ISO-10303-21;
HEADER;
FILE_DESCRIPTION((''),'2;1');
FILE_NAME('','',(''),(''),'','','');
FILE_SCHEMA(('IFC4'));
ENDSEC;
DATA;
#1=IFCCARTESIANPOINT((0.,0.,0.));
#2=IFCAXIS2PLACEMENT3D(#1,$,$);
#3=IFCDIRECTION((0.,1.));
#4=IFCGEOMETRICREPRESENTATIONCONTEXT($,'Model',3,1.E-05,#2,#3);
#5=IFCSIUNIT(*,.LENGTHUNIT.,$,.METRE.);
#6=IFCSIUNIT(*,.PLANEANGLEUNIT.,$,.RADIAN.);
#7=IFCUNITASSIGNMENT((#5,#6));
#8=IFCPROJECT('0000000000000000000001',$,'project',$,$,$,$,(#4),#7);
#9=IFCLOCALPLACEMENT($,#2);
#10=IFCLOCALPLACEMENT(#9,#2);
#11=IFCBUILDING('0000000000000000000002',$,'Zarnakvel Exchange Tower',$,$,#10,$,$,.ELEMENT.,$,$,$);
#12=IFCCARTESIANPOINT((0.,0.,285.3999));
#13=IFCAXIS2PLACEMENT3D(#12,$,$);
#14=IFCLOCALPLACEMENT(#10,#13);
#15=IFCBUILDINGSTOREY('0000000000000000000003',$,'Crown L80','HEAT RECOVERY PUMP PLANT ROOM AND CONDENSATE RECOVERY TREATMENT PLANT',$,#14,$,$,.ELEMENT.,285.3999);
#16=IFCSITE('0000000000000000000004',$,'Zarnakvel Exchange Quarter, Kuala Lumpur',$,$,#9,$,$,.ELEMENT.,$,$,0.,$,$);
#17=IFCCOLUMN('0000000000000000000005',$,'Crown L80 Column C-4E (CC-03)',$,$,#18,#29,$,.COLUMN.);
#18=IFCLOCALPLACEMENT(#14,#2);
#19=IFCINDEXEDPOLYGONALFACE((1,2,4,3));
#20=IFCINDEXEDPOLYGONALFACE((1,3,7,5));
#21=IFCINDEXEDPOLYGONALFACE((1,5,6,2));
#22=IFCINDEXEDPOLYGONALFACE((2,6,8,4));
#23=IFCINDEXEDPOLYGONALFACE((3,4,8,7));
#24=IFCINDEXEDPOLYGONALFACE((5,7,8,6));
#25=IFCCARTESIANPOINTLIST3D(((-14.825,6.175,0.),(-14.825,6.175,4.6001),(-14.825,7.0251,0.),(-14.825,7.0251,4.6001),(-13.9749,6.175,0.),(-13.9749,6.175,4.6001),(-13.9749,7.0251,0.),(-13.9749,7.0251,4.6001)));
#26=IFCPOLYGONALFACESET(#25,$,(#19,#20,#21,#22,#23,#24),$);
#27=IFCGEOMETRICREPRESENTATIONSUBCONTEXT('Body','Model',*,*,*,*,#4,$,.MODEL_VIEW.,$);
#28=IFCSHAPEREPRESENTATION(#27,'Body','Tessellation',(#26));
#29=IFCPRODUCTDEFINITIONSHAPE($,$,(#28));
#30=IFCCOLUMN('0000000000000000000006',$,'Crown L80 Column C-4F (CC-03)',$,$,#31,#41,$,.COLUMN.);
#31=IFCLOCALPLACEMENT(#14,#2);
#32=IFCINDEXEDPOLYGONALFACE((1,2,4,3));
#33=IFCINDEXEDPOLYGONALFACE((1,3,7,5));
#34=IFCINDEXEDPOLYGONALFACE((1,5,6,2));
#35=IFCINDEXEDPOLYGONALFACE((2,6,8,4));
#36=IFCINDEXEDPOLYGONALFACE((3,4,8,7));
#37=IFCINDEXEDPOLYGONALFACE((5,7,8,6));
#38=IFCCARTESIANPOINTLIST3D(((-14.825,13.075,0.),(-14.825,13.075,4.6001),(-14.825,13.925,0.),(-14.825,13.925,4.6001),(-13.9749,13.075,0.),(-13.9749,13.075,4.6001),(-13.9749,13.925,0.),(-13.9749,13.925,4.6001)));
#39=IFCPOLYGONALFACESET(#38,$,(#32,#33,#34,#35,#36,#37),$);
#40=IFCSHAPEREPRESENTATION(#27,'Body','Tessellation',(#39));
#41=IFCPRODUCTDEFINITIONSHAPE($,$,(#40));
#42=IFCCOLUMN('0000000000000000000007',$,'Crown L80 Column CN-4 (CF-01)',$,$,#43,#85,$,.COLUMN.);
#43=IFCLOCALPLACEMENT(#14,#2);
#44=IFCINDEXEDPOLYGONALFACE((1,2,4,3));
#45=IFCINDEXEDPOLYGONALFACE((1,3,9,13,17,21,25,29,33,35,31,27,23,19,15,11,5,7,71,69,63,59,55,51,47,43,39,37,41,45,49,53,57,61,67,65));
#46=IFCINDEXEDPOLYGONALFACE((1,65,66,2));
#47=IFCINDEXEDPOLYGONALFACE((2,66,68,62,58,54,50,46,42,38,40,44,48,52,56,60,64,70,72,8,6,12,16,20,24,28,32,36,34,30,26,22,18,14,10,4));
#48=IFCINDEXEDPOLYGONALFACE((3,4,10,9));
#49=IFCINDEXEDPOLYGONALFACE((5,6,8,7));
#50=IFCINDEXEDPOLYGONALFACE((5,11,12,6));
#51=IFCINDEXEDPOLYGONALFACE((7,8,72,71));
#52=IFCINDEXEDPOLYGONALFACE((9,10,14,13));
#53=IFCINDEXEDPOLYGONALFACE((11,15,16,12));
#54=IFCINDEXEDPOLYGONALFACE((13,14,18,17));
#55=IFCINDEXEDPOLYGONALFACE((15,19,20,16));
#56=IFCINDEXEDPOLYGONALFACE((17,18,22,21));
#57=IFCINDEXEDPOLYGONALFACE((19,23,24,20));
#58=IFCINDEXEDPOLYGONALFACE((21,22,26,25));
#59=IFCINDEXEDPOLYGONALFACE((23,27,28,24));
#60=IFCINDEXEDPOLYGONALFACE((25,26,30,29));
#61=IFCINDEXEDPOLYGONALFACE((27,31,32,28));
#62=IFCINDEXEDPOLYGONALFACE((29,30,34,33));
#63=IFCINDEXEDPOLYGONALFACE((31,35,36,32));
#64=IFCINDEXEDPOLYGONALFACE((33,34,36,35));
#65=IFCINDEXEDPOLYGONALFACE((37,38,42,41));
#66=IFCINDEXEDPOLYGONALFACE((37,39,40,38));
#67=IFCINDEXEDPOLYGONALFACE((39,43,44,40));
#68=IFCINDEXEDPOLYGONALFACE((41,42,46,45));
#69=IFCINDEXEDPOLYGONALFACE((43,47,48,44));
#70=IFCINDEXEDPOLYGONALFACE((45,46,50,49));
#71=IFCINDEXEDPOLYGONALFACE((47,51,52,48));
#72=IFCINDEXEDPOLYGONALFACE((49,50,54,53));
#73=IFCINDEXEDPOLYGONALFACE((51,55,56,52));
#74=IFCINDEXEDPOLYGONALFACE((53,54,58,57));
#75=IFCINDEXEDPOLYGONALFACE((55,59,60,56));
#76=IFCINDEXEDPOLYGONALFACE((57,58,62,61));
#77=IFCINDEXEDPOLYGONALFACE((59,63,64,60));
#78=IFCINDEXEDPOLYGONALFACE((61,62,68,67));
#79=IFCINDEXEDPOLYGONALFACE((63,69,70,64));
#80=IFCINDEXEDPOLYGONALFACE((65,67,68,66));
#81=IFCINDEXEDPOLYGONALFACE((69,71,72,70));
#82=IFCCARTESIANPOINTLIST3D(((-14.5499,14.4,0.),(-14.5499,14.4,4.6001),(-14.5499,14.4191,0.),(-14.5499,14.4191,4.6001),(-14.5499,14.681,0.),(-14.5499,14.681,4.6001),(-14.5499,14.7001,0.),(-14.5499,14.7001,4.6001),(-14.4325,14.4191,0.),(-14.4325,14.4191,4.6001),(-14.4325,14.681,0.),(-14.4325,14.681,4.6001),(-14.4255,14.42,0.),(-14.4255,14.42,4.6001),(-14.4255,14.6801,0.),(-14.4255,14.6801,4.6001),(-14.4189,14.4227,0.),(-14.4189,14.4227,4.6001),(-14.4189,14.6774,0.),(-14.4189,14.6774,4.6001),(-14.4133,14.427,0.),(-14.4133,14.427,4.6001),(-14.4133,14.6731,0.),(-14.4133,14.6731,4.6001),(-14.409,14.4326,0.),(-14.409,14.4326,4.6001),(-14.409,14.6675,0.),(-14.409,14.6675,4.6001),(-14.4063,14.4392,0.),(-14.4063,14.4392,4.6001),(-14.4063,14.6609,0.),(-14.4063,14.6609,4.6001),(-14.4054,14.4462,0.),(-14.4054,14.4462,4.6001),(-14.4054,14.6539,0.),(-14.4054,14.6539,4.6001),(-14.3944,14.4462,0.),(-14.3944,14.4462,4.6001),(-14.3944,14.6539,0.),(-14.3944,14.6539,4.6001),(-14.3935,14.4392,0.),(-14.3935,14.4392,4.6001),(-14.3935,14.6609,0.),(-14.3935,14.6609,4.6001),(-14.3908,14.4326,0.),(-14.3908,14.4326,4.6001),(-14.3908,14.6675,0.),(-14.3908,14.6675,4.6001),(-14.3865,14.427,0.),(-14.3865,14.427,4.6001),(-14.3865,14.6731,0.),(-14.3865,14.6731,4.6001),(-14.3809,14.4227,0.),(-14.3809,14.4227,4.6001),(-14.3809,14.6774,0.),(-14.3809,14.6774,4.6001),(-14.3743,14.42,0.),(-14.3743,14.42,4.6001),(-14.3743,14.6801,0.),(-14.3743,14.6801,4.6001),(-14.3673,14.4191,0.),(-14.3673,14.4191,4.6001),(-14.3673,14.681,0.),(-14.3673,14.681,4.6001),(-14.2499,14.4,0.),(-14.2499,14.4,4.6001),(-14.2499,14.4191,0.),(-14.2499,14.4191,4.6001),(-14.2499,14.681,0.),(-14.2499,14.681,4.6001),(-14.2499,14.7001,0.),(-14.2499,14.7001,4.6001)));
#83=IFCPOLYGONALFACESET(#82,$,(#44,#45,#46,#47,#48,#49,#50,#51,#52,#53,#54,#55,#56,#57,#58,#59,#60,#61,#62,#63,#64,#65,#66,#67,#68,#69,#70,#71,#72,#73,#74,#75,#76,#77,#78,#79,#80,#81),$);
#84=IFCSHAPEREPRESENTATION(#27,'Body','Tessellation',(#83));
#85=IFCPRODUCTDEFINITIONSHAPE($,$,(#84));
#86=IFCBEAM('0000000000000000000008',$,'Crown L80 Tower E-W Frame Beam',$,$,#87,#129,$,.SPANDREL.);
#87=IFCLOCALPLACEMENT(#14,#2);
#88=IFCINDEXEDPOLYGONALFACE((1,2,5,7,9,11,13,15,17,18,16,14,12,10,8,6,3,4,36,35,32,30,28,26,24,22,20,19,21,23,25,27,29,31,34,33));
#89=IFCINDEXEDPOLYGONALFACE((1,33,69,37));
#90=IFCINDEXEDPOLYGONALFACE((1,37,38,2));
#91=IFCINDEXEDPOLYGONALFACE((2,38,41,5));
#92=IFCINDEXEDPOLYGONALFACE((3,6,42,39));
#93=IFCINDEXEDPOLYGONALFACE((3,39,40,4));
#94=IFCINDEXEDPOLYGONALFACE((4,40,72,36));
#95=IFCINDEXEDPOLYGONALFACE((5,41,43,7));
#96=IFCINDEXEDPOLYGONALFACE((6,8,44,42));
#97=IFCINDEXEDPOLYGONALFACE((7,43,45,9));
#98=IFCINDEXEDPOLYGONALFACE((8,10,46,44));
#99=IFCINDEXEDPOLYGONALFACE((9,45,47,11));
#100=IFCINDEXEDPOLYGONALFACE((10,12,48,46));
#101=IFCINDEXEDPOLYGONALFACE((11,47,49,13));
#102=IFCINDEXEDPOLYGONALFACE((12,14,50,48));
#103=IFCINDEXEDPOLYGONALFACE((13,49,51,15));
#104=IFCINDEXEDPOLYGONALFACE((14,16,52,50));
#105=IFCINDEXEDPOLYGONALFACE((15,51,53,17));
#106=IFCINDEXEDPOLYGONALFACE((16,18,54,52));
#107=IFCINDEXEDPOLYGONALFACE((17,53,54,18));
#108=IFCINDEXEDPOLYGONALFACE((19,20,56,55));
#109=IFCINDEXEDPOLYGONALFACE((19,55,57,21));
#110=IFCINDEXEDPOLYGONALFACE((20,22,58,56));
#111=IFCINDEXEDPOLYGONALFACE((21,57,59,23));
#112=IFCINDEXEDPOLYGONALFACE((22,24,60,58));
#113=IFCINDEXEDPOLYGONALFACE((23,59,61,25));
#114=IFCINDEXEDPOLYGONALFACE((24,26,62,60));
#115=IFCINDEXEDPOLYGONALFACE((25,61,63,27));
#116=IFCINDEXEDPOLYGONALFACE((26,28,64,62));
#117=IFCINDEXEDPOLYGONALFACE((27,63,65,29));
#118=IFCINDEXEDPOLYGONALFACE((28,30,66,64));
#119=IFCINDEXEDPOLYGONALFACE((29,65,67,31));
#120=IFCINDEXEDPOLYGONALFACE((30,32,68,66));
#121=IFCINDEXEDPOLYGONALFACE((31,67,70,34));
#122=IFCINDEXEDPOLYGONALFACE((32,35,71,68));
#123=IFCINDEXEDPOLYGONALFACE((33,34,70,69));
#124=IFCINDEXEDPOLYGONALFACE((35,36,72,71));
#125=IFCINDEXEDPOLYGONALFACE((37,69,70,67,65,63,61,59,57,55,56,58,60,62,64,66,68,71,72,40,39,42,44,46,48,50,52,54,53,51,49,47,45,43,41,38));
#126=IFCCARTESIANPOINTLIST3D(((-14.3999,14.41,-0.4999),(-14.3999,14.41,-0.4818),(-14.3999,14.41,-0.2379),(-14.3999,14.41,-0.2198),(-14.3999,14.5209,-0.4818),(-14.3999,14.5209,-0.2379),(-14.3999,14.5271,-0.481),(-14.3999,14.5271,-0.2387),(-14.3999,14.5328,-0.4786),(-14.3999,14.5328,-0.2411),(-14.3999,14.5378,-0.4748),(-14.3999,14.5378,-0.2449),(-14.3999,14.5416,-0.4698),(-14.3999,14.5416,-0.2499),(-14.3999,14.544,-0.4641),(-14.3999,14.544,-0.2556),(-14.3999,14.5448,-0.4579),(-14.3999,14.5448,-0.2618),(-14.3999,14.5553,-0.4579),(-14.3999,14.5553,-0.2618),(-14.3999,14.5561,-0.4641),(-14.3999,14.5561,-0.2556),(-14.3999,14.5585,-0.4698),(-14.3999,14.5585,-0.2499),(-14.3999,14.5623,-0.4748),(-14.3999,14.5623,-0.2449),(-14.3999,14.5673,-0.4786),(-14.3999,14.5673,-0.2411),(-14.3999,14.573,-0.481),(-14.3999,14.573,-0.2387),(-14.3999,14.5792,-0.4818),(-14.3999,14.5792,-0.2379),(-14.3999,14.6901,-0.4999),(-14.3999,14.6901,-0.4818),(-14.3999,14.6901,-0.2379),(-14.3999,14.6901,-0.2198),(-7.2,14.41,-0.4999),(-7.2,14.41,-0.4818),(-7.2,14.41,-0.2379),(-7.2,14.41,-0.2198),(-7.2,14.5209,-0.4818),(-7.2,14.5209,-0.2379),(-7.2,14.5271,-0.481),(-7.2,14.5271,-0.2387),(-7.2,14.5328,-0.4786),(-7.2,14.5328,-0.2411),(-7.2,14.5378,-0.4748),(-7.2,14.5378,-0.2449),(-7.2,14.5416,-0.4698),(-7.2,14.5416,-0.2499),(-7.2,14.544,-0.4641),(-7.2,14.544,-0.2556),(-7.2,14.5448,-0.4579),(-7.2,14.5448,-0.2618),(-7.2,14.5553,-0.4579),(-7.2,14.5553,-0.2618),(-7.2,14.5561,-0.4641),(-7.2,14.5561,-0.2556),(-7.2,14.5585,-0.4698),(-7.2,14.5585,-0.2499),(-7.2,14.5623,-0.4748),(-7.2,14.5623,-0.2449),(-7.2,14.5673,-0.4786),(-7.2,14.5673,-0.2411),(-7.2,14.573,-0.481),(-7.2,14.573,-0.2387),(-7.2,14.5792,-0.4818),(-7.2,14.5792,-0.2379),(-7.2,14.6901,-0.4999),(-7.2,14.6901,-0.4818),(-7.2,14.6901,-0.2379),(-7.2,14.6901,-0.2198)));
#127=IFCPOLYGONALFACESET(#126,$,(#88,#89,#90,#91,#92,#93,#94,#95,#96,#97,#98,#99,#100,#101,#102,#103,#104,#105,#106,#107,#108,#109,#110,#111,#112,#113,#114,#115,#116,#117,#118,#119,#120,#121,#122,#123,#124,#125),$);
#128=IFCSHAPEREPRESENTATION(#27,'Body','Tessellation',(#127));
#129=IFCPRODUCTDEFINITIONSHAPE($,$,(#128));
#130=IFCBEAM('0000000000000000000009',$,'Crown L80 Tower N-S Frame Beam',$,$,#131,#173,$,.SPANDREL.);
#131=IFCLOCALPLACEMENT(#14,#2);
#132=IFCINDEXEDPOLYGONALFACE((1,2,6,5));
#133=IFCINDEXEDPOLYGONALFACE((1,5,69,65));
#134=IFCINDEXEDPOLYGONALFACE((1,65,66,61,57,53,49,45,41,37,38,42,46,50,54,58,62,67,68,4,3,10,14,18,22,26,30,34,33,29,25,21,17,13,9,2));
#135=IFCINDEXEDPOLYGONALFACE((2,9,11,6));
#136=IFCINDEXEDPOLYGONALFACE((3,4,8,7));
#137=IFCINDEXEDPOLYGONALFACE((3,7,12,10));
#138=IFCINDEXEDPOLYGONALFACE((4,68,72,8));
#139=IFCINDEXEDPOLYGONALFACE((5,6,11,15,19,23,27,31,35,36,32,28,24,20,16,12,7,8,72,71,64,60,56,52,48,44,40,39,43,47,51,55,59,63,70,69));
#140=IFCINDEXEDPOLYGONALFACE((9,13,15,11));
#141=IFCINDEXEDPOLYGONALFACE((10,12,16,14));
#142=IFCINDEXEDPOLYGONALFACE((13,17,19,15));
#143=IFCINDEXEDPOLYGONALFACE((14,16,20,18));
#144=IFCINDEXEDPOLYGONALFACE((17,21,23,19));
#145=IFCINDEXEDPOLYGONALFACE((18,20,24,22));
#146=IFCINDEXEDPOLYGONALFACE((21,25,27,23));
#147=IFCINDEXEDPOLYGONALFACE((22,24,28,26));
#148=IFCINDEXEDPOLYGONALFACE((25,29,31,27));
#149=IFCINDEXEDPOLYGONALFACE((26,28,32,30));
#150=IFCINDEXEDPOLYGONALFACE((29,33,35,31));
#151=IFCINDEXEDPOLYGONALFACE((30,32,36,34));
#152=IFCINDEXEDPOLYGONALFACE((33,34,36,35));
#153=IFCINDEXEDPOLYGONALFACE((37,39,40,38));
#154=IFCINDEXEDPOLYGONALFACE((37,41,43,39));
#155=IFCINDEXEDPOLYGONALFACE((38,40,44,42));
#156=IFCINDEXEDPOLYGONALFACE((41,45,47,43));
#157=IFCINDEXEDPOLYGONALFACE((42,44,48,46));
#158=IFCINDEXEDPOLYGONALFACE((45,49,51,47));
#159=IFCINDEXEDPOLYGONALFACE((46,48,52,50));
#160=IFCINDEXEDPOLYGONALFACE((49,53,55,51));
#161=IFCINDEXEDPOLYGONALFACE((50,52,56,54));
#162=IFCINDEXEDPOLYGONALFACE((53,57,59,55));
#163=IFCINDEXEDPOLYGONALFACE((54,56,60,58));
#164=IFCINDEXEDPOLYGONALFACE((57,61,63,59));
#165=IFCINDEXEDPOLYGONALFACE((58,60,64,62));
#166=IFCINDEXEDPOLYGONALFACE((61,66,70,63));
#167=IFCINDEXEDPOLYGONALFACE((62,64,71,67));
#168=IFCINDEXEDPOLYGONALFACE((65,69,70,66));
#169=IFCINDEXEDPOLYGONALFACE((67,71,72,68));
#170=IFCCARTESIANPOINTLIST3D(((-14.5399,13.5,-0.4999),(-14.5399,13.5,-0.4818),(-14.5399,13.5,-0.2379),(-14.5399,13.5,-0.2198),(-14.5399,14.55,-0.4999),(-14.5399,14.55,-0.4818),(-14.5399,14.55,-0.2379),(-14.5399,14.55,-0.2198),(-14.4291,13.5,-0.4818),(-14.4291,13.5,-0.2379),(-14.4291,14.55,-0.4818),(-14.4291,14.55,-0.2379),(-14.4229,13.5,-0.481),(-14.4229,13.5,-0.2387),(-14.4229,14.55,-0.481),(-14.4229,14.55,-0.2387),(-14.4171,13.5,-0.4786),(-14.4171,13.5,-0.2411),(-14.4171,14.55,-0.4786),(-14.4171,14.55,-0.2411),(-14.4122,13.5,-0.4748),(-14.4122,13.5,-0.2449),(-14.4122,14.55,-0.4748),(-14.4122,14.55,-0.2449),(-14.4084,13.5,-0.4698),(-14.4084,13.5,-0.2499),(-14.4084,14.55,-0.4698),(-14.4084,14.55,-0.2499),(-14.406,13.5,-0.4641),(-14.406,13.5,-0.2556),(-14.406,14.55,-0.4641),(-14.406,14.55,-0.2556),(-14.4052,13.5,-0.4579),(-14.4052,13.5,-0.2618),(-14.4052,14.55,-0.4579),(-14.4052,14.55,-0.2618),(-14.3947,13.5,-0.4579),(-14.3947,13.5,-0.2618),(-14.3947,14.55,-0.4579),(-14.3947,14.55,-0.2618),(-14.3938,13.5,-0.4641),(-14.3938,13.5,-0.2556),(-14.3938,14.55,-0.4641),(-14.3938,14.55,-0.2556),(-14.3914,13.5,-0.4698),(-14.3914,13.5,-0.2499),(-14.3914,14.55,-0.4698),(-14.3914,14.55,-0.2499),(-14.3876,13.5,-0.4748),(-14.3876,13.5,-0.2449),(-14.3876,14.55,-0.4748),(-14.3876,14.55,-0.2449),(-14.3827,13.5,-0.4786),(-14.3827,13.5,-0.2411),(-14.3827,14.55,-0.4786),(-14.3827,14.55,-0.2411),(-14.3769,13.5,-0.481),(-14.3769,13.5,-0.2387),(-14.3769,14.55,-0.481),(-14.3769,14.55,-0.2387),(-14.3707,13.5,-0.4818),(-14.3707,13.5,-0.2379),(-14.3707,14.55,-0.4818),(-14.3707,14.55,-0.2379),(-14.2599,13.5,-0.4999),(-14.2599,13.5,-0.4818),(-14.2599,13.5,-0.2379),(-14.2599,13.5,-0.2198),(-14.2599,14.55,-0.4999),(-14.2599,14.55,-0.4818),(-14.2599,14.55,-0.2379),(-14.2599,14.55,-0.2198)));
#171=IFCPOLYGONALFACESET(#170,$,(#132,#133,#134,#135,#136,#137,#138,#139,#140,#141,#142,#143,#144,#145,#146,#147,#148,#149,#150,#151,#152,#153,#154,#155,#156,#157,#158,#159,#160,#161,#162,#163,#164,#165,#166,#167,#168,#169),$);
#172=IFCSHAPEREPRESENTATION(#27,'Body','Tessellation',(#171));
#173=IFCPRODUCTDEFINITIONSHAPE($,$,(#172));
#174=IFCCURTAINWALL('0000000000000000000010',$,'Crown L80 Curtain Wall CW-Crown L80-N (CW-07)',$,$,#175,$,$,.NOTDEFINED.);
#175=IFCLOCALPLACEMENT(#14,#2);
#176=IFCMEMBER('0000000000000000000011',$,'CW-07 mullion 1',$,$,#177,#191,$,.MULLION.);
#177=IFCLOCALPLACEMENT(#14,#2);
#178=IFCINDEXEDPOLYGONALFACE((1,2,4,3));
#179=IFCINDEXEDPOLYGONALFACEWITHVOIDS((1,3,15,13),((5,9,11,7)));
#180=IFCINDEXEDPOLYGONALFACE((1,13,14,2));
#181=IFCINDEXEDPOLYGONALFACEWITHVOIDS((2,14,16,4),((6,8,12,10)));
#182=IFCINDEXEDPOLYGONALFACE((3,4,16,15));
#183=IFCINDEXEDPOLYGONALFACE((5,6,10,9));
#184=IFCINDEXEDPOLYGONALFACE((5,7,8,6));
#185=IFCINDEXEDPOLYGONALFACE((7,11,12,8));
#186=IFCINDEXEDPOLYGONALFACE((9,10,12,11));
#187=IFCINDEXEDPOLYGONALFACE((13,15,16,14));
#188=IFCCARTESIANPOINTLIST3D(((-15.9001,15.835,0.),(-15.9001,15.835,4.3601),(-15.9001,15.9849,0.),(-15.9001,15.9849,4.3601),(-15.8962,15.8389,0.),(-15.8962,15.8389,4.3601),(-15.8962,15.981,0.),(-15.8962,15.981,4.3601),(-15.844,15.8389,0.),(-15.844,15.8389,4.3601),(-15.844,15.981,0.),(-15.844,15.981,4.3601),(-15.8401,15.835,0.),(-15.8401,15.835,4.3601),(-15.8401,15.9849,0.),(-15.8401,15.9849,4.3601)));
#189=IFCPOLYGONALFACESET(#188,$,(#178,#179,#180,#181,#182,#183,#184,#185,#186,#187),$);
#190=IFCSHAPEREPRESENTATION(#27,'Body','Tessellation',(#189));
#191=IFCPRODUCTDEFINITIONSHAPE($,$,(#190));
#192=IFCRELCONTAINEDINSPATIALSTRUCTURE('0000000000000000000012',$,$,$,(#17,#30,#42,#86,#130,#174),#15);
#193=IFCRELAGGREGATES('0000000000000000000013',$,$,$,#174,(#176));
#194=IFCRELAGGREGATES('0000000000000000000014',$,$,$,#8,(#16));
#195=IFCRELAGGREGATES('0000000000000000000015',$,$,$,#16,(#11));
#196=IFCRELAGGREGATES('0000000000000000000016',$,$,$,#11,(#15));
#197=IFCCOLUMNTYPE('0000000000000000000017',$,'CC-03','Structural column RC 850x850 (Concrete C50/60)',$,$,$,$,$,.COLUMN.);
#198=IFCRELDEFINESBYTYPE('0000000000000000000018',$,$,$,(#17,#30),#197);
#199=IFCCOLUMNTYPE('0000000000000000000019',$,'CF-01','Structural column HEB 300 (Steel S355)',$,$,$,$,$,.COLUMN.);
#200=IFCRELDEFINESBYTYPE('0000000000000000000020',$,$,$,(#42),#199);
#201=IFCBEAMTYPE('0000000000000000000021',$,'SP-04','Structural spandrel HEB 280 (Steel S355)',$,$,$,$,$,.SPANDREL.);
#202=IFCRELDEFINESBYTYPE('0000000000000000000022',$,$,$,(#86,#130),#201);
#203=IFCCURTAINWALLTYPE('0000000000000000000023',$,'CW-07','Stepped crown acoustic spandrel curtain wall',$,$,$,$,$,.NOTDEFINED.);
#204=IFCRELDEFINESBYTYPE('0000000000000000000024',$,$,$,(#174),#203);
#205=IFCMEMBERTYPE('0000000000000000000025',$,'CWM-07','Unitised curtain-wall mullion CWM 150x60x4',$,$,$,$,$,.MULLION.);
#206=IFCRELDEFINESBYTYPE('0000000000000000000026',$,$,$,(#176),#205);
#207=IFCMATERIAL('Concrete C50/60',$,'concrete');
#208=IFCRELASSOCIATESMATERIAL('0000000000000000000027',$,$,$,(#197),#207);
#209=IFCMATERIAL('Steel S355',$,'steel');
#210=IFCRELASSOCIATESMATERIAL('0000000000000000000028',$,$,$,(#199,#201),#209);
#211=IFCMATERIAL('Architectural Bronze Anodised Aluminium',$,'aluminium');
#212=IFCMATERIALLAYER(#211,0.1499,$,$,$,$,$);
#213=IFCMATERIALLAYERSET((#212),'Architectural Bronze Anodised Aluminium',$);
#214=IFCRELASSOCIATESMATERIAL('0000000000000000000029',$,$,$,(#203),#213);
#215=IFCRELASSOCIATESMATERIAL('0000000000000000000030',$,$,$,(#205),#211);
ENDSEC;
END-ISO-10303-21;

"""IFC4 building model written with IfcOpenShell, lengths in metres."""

from ifc_helpers import new_model, si_unit, direction, frame, origin, origin_2d, place, context, subcontext, project, spatial, rectangle, hollow_rectangle, i_section, extrude, source, transform, mapped, material, layer, layer_set, material_profile, profile_set, type_object, element, aggregate, save


model = new_model("IFC4")

# Units and contexts
model_context = context("Model", 3, precision=1e-05, world=origin(), true_north=direction((0.0, 1.0)))
body_context = subcontext(model_context, "Body", "Model", "MODEL_VIEW")
ifc_project = project(units=[si_unit("LENGTHUNIT", "METRE"), si_unit("PLANEANGLEUNIT", "RADIAN")], contexts=[model_context])

# Site, building, storey
site_placement = place(None, origin())
site = spatial("IfcSite", under=ifc_project, at=site_placement, Name="Zarnakvel Exchange Quarter, Kuala Lumpur", CompositionType="ELEMENT", RefElevation=0.0)
building_placement = place(site_placement, origin())
building = spatial("IfcBuilding", under=site, at=building_placement, Name="Zarnakvel Exchange Tower", CompositionType="ELEMENT")
storey_placement = place(building_placement, frame((0.0, 0.0, 285.3999)))
storey = spatial("IfcBuildingStorey", under=building, at=storey_placement, Name="Crown L80", Description="HEAT RECOVERY PUMP PLANT ROOM AND CONDENSATE RECOVERY TREATMENT PLANT", CompositionType="ELEMENT", Elevation=285.3999)

# Columns
ifc_material_1 = material(Name="Concrete C50/60", Category="concrete")
ifc_material_profile_1 = material_profile(ifc_material_1, rectangle(XDim=0.8501, YDim=0.8501, at=origin_2d()))
ifc_profile_set_1 = profile_set([ifc_material_profile_1], Name="Concrete C50/60")
column_type_1 = type_object("IfcColumnType", Name="CC-03", Description="Structural column RC 850x850 (Concrete C50/60)", PredefinedType="COLUMN", material=ifc_profile_set_1)
for number, where, z_axis, x_axis, name in (
    (1, (-14.3999, 6.6001, 0.0), (0.0, 0.0, 1.0), (1.0, 0.0, 0.0), "Crown L80 Column C-4E (CC-03)"),
    (2, (-14.3999, 13.5, 0.0), (0.0, 0.0, 1.0), (1.0, 0.0, 0.0), "Crown L80 Column C-4F (CC-03)"),
):
    element("IfcColumn", number, at=place(storey_placement, frame(where, z_axis=z_axis, x_axis=x_axis)), inside=storey, type_object=column_type_1, Name=name, PredefinedType="COLUMN", context=body_context, shape_type="SweptSolid", body=[
        extrude(rectangle(XDim=0.8501, YDim=0.8501, at=origin_2d()), origin(), (0.0, 0.0, 1.0), 4.6001),
    ])
ifc_material_2 = material(Name="Steel S355", Category="steel")
ifc_material_profile_2 = material_profile(ifc_material_2, i_section(OverallWidth=0.3, OverallDepth=0.3, WebThickness=0.011, FlangeThickness=0.019, FilletRadius=0.0271, at=origin_2d()))
ifc_profile_set_2 = profile_set([ifc_material_profile_2], Name="Steel S355")
column_type_2 = type_object("IfcColumnType", Name="CF-01", Description="Structural column HEB 300 (Steel S355)", PredefinedType="COLUMN", material=ifc_profile_set_2)
column_placement = place(storey_placement, frame((-14.3999, 14.55, 0.0), z_axis=(0.0, 0.0, 1.0), x_axis=(1.0, 0.0, 0.0)))
element("IfcColumn", 3, at=column_placement, inside=storey, type_object=column_type_2, Name="Crown L80 Column CN-4 (CF-01)", PredefinedType="COLUMN", context=body_context, shape_type="SweptSolid", body=[
    extrude(i_section(OverallWidth=0.3, OverallDepth=0.3, WebThickness=0.011, FlangeThickness=0.019, FilletRadius=0.0271, at=origin_2d()), origin(), (0.0, 0.0, 1.0), 4.6001),
])

# Beams
ifc_material_profile_3 = material_profile(ifc_material_2, i_section(OverallWidth=0.28, OverallDepth=0.28, WebThickness=0.0105, FlangeThickness=0.0181, FilletRadius=0.0239, at=origin_2d()))
ifc_profile_set_3 = profile_set([ifc_material_profile_3], Name="Steel S355")
beam_type = type_object("IfcBeamType", Name="SP-04", Description="Structural spandrel HEB 280 (Steel S355)", PredefinedType="SPANDREL", material=ifc_profile_set_3)
beam_1_placement = place(storey_placement, frame((-14.3999, 14.55, -0.3599), z_axis=(1.0, 0.0, 0.0), x_axis=(0.0, 1.0, 0.0)))
element("IfcBeam", 4, at=beam_1_placement, inside=storey, type_object=beam_type, Name="Crown L80 Tower E-W Frame Beam", PredefinedType="SPANDREL", context=body_context, shape_type="SweptSolid", body=[
    extrude(i_section(OverallWidth=0.28, OverallDepth=0.28, WebThickness=0.0105, FlangeThickness=0.0181, FilletRadius=0.0239, at=origin_2d()), origin(), (0.0, 0.0, 1.0), 7.2),
])
beam_2_placement = place(storey_placement, frame((-14.3999, 13.5, -0.3599), z_axis=(0.0, 1.0, 0.0), x_axis=(-1.0, 0.0, 0.0)))
element("IfcBeam", 5, at=beam_2_placement, inside=storey, type_object=beam_type, Name="Crown L80 Tower N-S Frame Beam", PredefinedType="SPANDREL", context=body_context, shape_type="SweptSolid", body=[
    extrude(i_section(OverallWidth=0.28, OverallDepth=0.28, WebThickness=0.0105, FlangeThickness=0.0181, FilletRadius=0.0239, at=origin_2d()), origin(), (0.0, 0.0, 1.0), 1.05),
])

# Curtain wall, member
ifc_material_3 = material(Name="Architectural Bronze Anodised Aluminium", Category="aluminium")
ifc_layer_1 = layer(ifc_material_3, 0.1499)
ifc_layer_set_1 = layer_set([ifc_layer_1], Name="Architectural Bronze Anodised Aluminium")
curtain_wall_type = type_object("IfcCurtainWallType", Name="CW-07", Description="Stepped crown acoustic spandrel curtain wall", PredefinedType="NOTDEFINED", material=ifc_layer_set_1)
curtain_wall_1_placement = place(storey_placement, origin())
curtain_wall_1 = element("IfcCurtainWall", 6, at=curtain_wall_1_placement, inside=storey, type_object=curtain_wall_type, Name="Crown L80 Curtain Wall CW-Crown L80-N (CW-07)", PredefinedType="NOTDEFINED")
ifc_material_profile_4 = material_profile(ifc_material_3, hollow_rectangle(XDim=0.1499, YDim=0.0601, WallThickness=0.0039, at=origin_2d()))
ifc_profile_set_4 = profile_set([ifc_material_profile_4], Name="Architectural Bronze Anodised Aluminium")
member_type_1 = type_object("IfcMemberType", Name="CWM-07", Description="Unitised curtain-wall mullion CWM 150x60x4", PredefinedType="MULLION", material=ifc_profile_set_4)
shared_shape_1 = source(origin(), body_context, "Body", "SweptSolid", [
    extrude(hollow_rectangle(XDim=0.1499, YDim=0.0601, WallThickness=0.0039, at=origin_2d()), origin(), (0.0, 0.0, 1.0), 4.3601),
])
member_1_placement = place(storey_placement, frame((-15.8701, 15.9099, 0.0), z_axis=(0.0, 0.0, 1.0), x_axis=(0.0, 1.0, 0.0)))
member_1 = element("IfcMember", 7, at=member_1_placement, type_object=member_type_1, Name="CW-07 mullion 1", PredefinedType="MULLION", context=body_context, shape_type="MappedRepresentation", body=[
    mapped(shared_shape_1, transform((0.0, 0.0, 0.0), x_axis=(1.0, 0.0, 0.0), y_axis=(0.0, 1.0, 0.0), z_axis=(0.0, 0.0, 1.0), scale=1.0)),
])

aggregate(curtain_wall_1, [member_1])

save(model, "model.ifc")
